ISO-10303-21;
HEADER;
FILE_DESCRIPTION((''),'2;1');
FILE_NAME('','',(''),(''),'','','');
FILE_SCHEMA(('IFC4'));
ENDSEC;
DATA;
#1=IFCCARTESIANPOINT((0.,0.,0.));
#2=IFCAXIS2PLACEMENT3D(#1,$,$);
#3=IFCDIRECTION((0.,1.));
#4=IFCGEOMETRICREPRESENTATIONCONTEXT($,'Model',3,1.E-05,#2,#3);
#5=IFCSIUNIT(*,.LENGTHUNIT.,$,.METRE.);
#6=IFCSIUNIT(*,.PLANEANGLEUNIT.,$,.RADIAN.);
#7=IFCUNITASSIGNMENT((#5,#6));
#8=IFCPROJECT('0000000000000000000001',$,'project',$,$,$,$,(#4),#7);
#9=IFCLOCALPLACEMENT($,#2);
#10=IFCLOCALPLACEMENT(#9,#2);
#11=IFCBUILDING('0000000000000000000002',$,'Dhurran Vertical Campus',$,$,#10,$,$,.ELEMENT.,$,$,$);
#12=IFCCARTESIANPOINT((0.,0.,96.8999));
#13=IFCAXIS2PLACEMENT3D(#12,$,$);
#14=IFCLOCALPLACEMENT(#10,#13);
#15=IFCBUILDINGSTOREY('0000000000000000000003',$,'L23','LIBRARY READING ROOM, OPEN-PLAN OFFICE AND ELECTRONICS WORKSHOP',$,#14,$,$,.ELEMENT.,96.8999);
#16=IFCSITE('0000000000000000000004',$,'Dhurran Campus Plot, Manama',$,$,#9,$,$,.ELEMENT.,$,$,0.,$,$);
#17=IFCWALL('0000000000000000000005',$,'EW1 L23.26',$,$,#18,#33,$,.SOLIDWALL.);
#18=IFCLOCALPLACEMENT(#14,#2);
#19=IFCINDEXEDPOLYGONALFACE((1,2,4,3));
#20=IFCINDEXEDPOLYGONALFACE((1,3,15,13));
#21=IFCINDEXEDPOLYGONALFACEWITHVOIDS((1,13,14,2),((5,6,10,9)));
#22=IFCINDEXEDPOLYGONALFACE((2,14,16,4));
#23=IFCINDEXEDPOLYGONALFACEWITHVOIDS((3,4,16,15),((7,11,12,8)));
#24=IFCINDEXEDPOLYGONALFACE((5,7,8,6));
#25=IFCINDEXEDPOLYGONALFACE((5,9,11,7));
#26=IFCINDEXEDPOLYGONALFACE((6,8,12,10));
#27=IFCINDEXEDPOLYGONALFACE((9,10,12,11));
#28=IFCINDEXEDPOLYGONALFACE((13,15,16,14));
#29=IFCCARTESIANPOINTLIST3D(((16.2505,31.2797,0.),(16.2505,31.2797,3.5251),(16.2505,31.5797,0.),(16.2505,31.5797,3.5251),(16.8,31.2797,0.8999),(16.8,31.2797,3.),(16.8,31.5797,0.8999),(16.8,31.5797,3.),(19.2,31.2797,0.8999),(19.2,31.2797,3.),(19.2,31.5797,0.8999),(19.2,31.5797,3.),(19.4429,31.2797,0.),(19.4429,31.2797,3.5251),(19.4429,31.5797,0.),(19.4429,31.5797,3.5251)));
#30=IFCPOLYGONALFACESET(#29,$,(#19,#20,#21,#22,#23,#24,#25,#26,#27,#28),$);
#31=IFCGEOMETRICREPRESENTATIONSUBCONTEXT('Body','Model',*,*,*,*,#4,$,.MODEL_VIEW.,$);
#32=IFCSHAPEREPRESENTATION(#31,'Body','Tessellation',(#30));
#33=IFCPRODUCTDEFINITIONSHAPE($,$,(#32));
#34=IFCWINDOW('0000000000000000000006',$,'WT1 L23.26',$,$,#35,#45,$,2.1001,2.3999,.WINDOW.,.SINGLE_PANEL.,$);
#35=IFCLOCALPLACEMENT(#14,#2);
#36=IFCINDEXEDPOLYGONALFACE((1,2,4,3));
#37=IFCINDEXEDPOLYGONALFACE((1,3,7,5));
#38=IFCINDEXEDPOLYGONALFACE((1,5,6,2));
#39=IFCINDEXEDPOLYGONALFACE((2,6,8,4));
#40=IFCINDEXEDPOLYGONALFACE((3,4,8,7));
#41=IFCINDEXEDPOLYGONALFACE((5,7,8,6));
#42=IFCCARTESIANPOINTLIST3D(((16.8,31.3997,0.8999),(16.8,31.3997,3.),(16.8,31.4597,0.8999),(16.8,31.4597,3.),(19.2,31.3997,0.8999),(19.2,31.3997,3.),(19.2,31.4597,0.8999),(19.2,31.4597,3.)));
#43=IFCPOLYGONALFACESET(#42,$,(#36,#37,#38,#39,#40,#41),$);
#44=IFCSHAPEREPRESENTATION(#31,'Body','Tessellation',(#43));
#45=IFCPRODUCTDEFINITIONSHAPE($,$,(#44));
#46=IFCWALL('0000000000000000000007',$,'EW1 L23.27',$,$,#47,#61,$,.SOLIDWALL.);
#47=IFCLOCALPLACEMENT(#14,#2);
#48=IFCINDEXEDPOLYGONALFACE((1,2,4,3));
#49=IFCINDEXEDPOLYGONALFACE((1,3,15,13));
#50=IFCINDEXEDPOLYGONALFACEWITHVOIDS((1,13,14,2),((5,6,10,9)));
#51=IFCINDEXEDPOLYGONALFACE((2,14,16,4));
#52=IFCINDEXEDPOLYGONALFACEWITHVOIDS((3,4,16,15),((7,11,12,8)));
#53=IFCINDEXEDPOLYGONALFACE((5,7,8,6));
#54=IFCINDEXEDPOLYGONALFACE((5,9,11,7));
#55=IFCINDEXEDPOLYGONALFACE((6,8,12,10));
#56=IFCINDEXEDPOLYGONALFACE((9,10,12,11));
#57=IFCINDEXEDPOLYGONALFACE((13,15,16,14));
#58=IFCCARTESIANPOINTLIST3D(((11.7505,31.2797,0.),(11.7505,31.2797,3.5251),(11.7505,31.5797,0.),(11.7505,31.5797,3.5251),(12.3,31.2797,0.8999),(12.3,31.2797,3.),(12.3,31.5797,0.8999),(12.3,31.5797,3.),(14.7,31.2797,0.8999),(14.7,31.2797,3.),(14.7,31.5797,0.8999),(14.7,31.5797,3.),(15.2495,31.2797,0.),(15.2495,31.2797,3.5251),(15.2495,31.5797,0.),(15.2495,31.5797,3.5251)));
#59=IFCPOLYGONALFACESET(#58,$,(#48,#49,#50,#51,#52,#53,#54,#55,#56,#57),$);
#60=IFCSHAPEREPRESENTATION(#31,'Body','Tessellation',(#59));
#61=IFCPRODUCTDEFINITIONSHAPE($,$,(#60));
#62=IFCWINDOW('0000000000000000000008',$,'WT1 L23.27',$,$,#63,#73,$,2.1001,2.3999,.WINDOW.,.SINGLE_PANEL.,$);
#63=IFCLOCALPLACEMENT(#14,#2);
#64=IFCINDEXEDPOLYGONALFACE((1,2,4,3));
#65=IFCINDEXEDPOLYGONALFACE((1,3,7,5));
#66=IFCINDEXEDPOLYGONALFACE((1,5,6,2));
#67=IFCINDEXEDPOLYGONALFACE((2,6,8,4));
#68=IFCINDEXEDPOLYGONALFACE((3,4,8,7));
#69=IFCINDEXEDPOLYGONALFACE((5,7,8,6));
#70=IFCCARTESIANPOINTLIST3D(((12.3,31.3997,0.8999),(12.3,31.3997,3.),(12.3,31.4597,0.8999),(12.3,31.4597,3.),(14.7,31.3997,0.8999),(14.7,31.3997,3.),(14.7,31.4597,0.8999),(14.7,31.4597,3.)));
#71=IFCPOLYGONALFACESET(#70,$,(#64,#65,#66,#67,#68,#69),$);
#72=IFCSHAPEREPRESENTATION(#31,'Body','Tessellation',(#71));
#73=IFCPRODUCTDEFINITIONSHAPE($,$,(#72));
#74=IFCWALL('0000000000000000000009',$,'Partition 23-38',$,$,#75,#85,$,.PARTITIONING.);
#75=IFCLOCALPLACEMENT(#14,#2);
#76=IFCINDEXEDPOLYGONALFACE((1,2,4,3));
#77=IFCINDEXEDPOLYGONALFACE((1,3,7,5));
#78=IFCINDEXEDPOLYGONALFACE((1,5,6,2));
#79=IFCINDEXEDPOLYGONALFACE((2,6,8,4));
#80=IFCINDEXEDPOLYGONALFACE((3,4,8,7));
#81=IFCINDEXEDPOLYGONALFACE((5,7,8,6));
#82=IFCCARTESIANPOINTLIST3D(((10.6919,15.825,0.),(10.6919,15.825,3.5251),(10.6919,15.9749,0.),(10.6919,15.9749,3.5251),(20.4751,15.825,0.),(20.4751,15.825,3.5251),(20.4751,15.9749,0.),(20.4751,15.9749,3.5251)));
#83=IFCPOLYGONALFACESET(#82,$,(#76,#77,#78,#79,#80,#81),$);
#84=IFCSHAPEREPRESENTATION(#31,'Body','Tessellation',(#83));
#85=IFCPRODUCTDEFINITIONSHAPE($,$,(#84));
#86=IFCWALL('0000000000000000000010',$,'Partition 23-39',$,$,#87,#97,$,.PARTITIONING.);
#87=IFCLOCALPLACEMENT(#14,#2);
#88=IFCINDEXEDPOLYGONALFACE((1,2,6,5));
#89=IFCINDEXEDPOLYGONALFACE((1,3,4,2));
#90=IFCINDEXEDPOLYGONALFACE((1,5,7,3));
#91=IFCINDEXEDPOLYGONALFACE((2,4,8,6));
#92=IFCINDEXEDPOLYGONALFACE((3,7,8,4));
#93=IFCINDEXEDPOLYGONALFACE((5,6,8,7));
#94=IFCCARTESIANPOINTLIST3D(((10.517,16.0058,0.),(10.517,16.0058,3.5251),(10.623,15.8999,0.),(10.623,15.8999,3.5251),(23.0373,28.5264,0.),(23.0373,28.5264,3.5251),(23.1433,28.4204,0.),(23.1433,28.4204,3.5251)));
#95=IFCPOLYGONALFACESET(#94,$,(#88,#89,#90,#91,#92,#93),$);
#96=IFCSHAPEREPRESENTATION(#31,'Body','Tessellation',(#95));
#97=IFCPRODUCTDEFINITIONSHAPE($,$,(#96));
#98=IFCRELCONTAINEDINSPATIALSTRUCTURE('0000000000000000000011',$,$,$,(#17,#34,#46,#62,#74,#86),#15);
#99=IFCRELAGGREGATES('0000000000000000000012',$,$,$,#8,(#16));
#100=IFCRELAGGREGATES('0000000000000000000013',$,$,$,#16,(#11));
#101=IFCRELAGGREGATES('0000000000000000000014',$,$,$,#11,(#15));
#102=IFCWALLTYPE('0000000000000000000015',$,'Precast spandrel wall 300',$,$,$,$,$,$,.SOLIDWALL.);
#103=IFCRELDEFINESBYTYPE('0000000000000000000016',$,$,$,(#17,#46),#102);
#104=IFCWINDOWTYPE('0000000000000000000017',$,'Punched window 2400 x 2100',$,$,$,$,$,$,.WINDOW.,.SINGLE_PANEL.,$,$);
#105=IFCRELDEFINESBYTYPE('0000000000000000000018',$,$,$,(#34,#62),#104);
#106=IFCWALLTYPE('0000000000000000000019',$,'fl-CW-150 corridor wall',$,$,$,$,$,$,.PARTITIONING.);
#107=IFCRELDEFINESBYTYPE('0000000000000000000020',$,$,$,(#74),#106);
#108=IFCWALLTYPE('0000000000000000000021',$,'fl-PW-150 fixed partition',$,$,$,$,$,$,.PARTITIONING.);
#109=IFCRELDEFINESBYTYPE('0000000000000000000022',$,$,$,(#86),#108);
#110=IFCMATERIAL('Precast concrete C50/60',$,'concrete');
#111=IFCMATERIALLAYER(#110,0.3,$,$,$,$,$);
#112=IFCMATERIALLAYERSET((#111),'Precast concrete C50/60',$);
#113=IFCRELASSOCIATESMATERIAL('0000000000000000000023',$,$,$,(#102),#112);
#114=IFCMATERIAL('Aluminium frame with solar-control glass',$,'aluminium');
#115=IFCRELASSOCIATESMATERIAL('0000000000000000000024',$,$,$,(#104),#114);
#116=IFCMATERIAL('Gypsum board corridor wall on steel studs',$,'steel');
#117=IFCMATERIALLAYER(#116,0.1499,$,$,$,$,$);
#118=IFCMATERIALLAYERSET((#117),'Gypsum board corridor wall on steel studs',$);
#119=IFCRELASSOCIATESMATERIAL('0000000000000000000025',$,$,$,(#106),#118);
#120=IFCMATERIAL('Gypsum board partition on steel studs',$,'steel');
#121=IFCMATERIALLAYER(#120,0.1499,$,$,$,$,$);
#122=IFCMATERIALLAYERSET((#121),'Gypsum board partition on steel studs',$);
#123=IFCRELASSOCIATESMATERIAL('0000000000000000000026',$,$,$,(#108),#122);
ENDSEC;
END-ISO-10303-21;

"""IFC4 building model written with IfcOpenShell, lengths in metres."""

from ifc_helpers import new_model, si_unit, direction, frame, frame_2d, origin, place, context, subcontext, project, spatial, rectangle, extrude, material, layer, layer_set, type_object, element, fill, save


model = new_model("IFC4")

# Units and contexts
model_context = context("Model", 3, precision=1e-05, world=origin(), true_north=direction((0.0, 1.0)))
body_context = subcontext(model_context, "Body", "Model", "MODEL_VIEW")
ifc_project = project(units=[si_unit("LENGTHUNIT", "METRE"), si_unit("PLANEANGLEUNIT", "RADIAN")], contexts=[model_context])

# Site, building, storey
site_placement = place(None, origin())
site = spatial("IfcSite", under=ifc_project, at=site_placement, Name="Dhurran Campus Plot, Manama", CompositionType="ELEMENT", RefElevation=0.0)
building_placement = place(site_placement, origin())
building = spatial("IfcBuilding", under=site, at=building_placement, Name="Dhurran Vertical Campus", CompositionType="ELEMENT")
storey_placement = place(building_placement, frame((0.0, 0.0, 96.8999)))
storey = spatial("IfcBuildingStorey", under=building, at=storey_placement, Name="L23", Description="LIBRARY READING ROOM, OPEN-PLAN OFFICE AND ELECTRONICS WORKSHOP", CompositionType="ELEMENT", Elevation=96.8999)

# Walls, openings, windows
ifc_material_1 = material(Name="Precast concrete C50/60", Category="concrete")
ifc_layer_1 = layer(ifc_material_1, 0.3)
ifc_layer_set_1 = layer_set([ifc_layer_1], Name="Precast concrete C50/60")
wall_type_1 = type_object("IfcWallType", Name="Precast spandrel wall 300", PredefinedType="SOLIDWALL", material=ifc_layer_set_1)
ifc_material_2 = material(Name="Aluminium frame with solar-control glass", Category="aluminium")
window_type = type_object("IfcWindowType", Name="Punched window 2400 x 2100", PartitioningType="SINGLE_PANEL", PredefinedType="WINDOW", material=ifc_material_2)
wall_1_placement = place(storey_placement, frame((19.4429, 31.4297, 0.0), z_axis=(0.0, 0.0, 1.0), x_axis=(-1.0, 0.0, 0.0)))
wall_1 = element("IfcWall", 1, at=wall_1_placement, inside=storey, type_object=wall_type_1, Name="EW1 L23.26", PredefinedType="SOLIDWALL", context=body_context, shape_type="SweptSolid", body=[
    extrude(rectangle(XDim=3.1924, YDim=0.3, at=frame_2d((1.5962, 0.0))), origin(), (0.0, 0.0, 1.0), 3.5251),
])
opening_1_placement = place(wall_1_placement, frame((0.2429, 0.0, 0.8999)))
opening_1 = element("IfcOpeningElement", 2, at=opening_1_placement, cuts=wall_1, PredefinedType="OPENING", context=body_context, shape_type="SweptSolid", body=[
    extrude(rectangle(XDim=2.3999, YDim=2.1001, at=frame_2d((1.2, 1.05))), frame((0.0, 0.1599, 0.0), z_axis=(0.0, -1.0, 0.0), x_axis=(1.0, 0.0, 0.0)), (0.0, 0.0, 1.0), 0.3201),
])
window_1_placement = place(opening_1_placement, origin())
window_1 = element("IfcWindow", 3, at=window_1_placement, inside=storey, type_object=window_type, Name="WT1 L23.26", OverallHeight=2.1001, OverallWidth=2.3999, PartitioningType="SINGLE_PANEL", PredefinedType="WINDOW", context=body_context, shape_type="SweptSolid", body=[
    extrude(rectangle(XDim=2.3999, YDim=2.1001, at=frame_2d((1.2, 1.05))), frame((0.0, 0.03, 0.0), z_axis=(0.0, -1.0, 0.0), x_axis=(1.0, 0.0, 0.0)), (0.0, 0.0, 1.0), 0.0601),
])
fill(opening_1, window_1)
wall_2_placement = place(storey_placement, frame((15.2495, 31.4297, 0.0), z_axis=(0.0, 0.0, 1.0), x_axis=(-1.0, 0.0, 0.0)))
wall_2 = element("IfcWall", 4, at=wall_2_placement, inside=storey, type_object=wall_type_1, Name="EW1 L23.27", PredefinedType="SOLIDWALL", context=body_context, shape_type="SweptSolid", body=[
    extrude(rectangle(XDim=3.499, YDim=0.3, at=frame_2d((1.7495, 0.0))), origin(), (0.0, 0.0, 1.0), 3.5251),
])
opening_2_placement = place(wall_2_placement, frame((0.5496, 0.0, 0.8999)))
opening_2 = element("IfcOpeningElement", 5, at=opening_2_placement, cuts=wall_2, PredefinedType="OPENING", context=body_context, shape_type="SweptSolid", body=[
    extrude(rectangle(XDim=2.3999, YDim=2.1001, at=frame_2d((1.2, 1.05))), frame((0.0, 0.1599, 0.0), z_axis=(0.0, -1.0, 0.0), x_axis=(1.0, 0.0, 0.0)), (0.0, 0.0, 1.0), 0.3201),
])
window_2_placement = place(opening_2_placement, origin())
window_2 = element("IfcWindow", 6, at=window_2_placement, inside=storey, type_object=window_type, Name="WT1 L23.27", OverallHeight=2.1001, OverallWidth=2.3999, PartitioningType="SINGLE_PANEL", PredefinedType="WINDOW", context=body_context, shape_type="SweptSolid", body=[
    extrude(rectangle(XDim=2.3999, YDim=2.1001, at=frame_2d((1.2, 1.05))), frame((0.0, 0.03, 0.0), z_axis=(0.0, -1.0, 0.0), x_axis=(1.0, 0.0, 0.0)), (0.0, 0.0, 1.0), 0.0601),
])
fill(opening_2, window_2)

# Walls
ifc_material_3 = material(Name="Gypsum board corridor wall on steel studs", Category="steel")
ifc_layer_2 = layer(ifc_material_3, 0.1499)
ifc_layer_set_2 = layer_set([ifc_layer_2], Name="Gypsum board corridor wall on steel studs")
wall_type_2 = type_object("IfcWallType", Name="fl-CW-150 corridor wall", PredefinedType="PARTITIONING", material=ifc_layer_set_2)
wall_3_placement = place(storey_placement, frame((20.4751, 15.8999, 0.0), z_axis=(0.0, 0.0, 1.0), x_axis=(-1.0, 0.0, 0.0)))
element("IfcWall", 7, at=wall_3_placement, inside=storey, type_object=wall_type_2, Name="Partition 23-38", PredefinedType="PARTITIONING", context=body_context, shape_type="SweptSolid", body=[
    extrude(rectangle(XDim=9.7832, YDim=0.1499, at=frame_2d((4.8916, 0.0))), origin(), (0.0, 0.0, 1.0), 3.5251),
])
ifc_material_4 = material(Name="Gypsum board partition on steel studs", Category="steel")
ifc_layer_3 = layer(ifc_material_4, 0.1499)
ifc_layer_set_3 = layer_set([ifc_layer_3], Name="Gypsum board partition on steel studs")
wall_type_3 = type_object("IfcWallType", Name="fl-PW-150 fixed partition", PredefinedType="PARTITIONING", material=ifc_layer_set_3)
wall_4_placement = place(storey_placement, frame((23.0903, 28.4734, 0.0), z_axis=(0.0, 0.0, 1.0), x_axis=(-0.7071, -0.707114, 0.0)))
element("IfcWall", 8, at=wall_4_placement, inside=storey, type_object=wall_type_3, Name="Partition 23-39", PredefinedType="PARTITIONING", context=body_context, shape_type="SweptSolid", body=[
    extrude(rectangle(XDim=17.7065, YDim=0.1499, at=frame_2d((8.8533, 0.0))), origin(), (0.0, 0.0, 1.0), 3.5251),
])

save(model, "model.ifc")
